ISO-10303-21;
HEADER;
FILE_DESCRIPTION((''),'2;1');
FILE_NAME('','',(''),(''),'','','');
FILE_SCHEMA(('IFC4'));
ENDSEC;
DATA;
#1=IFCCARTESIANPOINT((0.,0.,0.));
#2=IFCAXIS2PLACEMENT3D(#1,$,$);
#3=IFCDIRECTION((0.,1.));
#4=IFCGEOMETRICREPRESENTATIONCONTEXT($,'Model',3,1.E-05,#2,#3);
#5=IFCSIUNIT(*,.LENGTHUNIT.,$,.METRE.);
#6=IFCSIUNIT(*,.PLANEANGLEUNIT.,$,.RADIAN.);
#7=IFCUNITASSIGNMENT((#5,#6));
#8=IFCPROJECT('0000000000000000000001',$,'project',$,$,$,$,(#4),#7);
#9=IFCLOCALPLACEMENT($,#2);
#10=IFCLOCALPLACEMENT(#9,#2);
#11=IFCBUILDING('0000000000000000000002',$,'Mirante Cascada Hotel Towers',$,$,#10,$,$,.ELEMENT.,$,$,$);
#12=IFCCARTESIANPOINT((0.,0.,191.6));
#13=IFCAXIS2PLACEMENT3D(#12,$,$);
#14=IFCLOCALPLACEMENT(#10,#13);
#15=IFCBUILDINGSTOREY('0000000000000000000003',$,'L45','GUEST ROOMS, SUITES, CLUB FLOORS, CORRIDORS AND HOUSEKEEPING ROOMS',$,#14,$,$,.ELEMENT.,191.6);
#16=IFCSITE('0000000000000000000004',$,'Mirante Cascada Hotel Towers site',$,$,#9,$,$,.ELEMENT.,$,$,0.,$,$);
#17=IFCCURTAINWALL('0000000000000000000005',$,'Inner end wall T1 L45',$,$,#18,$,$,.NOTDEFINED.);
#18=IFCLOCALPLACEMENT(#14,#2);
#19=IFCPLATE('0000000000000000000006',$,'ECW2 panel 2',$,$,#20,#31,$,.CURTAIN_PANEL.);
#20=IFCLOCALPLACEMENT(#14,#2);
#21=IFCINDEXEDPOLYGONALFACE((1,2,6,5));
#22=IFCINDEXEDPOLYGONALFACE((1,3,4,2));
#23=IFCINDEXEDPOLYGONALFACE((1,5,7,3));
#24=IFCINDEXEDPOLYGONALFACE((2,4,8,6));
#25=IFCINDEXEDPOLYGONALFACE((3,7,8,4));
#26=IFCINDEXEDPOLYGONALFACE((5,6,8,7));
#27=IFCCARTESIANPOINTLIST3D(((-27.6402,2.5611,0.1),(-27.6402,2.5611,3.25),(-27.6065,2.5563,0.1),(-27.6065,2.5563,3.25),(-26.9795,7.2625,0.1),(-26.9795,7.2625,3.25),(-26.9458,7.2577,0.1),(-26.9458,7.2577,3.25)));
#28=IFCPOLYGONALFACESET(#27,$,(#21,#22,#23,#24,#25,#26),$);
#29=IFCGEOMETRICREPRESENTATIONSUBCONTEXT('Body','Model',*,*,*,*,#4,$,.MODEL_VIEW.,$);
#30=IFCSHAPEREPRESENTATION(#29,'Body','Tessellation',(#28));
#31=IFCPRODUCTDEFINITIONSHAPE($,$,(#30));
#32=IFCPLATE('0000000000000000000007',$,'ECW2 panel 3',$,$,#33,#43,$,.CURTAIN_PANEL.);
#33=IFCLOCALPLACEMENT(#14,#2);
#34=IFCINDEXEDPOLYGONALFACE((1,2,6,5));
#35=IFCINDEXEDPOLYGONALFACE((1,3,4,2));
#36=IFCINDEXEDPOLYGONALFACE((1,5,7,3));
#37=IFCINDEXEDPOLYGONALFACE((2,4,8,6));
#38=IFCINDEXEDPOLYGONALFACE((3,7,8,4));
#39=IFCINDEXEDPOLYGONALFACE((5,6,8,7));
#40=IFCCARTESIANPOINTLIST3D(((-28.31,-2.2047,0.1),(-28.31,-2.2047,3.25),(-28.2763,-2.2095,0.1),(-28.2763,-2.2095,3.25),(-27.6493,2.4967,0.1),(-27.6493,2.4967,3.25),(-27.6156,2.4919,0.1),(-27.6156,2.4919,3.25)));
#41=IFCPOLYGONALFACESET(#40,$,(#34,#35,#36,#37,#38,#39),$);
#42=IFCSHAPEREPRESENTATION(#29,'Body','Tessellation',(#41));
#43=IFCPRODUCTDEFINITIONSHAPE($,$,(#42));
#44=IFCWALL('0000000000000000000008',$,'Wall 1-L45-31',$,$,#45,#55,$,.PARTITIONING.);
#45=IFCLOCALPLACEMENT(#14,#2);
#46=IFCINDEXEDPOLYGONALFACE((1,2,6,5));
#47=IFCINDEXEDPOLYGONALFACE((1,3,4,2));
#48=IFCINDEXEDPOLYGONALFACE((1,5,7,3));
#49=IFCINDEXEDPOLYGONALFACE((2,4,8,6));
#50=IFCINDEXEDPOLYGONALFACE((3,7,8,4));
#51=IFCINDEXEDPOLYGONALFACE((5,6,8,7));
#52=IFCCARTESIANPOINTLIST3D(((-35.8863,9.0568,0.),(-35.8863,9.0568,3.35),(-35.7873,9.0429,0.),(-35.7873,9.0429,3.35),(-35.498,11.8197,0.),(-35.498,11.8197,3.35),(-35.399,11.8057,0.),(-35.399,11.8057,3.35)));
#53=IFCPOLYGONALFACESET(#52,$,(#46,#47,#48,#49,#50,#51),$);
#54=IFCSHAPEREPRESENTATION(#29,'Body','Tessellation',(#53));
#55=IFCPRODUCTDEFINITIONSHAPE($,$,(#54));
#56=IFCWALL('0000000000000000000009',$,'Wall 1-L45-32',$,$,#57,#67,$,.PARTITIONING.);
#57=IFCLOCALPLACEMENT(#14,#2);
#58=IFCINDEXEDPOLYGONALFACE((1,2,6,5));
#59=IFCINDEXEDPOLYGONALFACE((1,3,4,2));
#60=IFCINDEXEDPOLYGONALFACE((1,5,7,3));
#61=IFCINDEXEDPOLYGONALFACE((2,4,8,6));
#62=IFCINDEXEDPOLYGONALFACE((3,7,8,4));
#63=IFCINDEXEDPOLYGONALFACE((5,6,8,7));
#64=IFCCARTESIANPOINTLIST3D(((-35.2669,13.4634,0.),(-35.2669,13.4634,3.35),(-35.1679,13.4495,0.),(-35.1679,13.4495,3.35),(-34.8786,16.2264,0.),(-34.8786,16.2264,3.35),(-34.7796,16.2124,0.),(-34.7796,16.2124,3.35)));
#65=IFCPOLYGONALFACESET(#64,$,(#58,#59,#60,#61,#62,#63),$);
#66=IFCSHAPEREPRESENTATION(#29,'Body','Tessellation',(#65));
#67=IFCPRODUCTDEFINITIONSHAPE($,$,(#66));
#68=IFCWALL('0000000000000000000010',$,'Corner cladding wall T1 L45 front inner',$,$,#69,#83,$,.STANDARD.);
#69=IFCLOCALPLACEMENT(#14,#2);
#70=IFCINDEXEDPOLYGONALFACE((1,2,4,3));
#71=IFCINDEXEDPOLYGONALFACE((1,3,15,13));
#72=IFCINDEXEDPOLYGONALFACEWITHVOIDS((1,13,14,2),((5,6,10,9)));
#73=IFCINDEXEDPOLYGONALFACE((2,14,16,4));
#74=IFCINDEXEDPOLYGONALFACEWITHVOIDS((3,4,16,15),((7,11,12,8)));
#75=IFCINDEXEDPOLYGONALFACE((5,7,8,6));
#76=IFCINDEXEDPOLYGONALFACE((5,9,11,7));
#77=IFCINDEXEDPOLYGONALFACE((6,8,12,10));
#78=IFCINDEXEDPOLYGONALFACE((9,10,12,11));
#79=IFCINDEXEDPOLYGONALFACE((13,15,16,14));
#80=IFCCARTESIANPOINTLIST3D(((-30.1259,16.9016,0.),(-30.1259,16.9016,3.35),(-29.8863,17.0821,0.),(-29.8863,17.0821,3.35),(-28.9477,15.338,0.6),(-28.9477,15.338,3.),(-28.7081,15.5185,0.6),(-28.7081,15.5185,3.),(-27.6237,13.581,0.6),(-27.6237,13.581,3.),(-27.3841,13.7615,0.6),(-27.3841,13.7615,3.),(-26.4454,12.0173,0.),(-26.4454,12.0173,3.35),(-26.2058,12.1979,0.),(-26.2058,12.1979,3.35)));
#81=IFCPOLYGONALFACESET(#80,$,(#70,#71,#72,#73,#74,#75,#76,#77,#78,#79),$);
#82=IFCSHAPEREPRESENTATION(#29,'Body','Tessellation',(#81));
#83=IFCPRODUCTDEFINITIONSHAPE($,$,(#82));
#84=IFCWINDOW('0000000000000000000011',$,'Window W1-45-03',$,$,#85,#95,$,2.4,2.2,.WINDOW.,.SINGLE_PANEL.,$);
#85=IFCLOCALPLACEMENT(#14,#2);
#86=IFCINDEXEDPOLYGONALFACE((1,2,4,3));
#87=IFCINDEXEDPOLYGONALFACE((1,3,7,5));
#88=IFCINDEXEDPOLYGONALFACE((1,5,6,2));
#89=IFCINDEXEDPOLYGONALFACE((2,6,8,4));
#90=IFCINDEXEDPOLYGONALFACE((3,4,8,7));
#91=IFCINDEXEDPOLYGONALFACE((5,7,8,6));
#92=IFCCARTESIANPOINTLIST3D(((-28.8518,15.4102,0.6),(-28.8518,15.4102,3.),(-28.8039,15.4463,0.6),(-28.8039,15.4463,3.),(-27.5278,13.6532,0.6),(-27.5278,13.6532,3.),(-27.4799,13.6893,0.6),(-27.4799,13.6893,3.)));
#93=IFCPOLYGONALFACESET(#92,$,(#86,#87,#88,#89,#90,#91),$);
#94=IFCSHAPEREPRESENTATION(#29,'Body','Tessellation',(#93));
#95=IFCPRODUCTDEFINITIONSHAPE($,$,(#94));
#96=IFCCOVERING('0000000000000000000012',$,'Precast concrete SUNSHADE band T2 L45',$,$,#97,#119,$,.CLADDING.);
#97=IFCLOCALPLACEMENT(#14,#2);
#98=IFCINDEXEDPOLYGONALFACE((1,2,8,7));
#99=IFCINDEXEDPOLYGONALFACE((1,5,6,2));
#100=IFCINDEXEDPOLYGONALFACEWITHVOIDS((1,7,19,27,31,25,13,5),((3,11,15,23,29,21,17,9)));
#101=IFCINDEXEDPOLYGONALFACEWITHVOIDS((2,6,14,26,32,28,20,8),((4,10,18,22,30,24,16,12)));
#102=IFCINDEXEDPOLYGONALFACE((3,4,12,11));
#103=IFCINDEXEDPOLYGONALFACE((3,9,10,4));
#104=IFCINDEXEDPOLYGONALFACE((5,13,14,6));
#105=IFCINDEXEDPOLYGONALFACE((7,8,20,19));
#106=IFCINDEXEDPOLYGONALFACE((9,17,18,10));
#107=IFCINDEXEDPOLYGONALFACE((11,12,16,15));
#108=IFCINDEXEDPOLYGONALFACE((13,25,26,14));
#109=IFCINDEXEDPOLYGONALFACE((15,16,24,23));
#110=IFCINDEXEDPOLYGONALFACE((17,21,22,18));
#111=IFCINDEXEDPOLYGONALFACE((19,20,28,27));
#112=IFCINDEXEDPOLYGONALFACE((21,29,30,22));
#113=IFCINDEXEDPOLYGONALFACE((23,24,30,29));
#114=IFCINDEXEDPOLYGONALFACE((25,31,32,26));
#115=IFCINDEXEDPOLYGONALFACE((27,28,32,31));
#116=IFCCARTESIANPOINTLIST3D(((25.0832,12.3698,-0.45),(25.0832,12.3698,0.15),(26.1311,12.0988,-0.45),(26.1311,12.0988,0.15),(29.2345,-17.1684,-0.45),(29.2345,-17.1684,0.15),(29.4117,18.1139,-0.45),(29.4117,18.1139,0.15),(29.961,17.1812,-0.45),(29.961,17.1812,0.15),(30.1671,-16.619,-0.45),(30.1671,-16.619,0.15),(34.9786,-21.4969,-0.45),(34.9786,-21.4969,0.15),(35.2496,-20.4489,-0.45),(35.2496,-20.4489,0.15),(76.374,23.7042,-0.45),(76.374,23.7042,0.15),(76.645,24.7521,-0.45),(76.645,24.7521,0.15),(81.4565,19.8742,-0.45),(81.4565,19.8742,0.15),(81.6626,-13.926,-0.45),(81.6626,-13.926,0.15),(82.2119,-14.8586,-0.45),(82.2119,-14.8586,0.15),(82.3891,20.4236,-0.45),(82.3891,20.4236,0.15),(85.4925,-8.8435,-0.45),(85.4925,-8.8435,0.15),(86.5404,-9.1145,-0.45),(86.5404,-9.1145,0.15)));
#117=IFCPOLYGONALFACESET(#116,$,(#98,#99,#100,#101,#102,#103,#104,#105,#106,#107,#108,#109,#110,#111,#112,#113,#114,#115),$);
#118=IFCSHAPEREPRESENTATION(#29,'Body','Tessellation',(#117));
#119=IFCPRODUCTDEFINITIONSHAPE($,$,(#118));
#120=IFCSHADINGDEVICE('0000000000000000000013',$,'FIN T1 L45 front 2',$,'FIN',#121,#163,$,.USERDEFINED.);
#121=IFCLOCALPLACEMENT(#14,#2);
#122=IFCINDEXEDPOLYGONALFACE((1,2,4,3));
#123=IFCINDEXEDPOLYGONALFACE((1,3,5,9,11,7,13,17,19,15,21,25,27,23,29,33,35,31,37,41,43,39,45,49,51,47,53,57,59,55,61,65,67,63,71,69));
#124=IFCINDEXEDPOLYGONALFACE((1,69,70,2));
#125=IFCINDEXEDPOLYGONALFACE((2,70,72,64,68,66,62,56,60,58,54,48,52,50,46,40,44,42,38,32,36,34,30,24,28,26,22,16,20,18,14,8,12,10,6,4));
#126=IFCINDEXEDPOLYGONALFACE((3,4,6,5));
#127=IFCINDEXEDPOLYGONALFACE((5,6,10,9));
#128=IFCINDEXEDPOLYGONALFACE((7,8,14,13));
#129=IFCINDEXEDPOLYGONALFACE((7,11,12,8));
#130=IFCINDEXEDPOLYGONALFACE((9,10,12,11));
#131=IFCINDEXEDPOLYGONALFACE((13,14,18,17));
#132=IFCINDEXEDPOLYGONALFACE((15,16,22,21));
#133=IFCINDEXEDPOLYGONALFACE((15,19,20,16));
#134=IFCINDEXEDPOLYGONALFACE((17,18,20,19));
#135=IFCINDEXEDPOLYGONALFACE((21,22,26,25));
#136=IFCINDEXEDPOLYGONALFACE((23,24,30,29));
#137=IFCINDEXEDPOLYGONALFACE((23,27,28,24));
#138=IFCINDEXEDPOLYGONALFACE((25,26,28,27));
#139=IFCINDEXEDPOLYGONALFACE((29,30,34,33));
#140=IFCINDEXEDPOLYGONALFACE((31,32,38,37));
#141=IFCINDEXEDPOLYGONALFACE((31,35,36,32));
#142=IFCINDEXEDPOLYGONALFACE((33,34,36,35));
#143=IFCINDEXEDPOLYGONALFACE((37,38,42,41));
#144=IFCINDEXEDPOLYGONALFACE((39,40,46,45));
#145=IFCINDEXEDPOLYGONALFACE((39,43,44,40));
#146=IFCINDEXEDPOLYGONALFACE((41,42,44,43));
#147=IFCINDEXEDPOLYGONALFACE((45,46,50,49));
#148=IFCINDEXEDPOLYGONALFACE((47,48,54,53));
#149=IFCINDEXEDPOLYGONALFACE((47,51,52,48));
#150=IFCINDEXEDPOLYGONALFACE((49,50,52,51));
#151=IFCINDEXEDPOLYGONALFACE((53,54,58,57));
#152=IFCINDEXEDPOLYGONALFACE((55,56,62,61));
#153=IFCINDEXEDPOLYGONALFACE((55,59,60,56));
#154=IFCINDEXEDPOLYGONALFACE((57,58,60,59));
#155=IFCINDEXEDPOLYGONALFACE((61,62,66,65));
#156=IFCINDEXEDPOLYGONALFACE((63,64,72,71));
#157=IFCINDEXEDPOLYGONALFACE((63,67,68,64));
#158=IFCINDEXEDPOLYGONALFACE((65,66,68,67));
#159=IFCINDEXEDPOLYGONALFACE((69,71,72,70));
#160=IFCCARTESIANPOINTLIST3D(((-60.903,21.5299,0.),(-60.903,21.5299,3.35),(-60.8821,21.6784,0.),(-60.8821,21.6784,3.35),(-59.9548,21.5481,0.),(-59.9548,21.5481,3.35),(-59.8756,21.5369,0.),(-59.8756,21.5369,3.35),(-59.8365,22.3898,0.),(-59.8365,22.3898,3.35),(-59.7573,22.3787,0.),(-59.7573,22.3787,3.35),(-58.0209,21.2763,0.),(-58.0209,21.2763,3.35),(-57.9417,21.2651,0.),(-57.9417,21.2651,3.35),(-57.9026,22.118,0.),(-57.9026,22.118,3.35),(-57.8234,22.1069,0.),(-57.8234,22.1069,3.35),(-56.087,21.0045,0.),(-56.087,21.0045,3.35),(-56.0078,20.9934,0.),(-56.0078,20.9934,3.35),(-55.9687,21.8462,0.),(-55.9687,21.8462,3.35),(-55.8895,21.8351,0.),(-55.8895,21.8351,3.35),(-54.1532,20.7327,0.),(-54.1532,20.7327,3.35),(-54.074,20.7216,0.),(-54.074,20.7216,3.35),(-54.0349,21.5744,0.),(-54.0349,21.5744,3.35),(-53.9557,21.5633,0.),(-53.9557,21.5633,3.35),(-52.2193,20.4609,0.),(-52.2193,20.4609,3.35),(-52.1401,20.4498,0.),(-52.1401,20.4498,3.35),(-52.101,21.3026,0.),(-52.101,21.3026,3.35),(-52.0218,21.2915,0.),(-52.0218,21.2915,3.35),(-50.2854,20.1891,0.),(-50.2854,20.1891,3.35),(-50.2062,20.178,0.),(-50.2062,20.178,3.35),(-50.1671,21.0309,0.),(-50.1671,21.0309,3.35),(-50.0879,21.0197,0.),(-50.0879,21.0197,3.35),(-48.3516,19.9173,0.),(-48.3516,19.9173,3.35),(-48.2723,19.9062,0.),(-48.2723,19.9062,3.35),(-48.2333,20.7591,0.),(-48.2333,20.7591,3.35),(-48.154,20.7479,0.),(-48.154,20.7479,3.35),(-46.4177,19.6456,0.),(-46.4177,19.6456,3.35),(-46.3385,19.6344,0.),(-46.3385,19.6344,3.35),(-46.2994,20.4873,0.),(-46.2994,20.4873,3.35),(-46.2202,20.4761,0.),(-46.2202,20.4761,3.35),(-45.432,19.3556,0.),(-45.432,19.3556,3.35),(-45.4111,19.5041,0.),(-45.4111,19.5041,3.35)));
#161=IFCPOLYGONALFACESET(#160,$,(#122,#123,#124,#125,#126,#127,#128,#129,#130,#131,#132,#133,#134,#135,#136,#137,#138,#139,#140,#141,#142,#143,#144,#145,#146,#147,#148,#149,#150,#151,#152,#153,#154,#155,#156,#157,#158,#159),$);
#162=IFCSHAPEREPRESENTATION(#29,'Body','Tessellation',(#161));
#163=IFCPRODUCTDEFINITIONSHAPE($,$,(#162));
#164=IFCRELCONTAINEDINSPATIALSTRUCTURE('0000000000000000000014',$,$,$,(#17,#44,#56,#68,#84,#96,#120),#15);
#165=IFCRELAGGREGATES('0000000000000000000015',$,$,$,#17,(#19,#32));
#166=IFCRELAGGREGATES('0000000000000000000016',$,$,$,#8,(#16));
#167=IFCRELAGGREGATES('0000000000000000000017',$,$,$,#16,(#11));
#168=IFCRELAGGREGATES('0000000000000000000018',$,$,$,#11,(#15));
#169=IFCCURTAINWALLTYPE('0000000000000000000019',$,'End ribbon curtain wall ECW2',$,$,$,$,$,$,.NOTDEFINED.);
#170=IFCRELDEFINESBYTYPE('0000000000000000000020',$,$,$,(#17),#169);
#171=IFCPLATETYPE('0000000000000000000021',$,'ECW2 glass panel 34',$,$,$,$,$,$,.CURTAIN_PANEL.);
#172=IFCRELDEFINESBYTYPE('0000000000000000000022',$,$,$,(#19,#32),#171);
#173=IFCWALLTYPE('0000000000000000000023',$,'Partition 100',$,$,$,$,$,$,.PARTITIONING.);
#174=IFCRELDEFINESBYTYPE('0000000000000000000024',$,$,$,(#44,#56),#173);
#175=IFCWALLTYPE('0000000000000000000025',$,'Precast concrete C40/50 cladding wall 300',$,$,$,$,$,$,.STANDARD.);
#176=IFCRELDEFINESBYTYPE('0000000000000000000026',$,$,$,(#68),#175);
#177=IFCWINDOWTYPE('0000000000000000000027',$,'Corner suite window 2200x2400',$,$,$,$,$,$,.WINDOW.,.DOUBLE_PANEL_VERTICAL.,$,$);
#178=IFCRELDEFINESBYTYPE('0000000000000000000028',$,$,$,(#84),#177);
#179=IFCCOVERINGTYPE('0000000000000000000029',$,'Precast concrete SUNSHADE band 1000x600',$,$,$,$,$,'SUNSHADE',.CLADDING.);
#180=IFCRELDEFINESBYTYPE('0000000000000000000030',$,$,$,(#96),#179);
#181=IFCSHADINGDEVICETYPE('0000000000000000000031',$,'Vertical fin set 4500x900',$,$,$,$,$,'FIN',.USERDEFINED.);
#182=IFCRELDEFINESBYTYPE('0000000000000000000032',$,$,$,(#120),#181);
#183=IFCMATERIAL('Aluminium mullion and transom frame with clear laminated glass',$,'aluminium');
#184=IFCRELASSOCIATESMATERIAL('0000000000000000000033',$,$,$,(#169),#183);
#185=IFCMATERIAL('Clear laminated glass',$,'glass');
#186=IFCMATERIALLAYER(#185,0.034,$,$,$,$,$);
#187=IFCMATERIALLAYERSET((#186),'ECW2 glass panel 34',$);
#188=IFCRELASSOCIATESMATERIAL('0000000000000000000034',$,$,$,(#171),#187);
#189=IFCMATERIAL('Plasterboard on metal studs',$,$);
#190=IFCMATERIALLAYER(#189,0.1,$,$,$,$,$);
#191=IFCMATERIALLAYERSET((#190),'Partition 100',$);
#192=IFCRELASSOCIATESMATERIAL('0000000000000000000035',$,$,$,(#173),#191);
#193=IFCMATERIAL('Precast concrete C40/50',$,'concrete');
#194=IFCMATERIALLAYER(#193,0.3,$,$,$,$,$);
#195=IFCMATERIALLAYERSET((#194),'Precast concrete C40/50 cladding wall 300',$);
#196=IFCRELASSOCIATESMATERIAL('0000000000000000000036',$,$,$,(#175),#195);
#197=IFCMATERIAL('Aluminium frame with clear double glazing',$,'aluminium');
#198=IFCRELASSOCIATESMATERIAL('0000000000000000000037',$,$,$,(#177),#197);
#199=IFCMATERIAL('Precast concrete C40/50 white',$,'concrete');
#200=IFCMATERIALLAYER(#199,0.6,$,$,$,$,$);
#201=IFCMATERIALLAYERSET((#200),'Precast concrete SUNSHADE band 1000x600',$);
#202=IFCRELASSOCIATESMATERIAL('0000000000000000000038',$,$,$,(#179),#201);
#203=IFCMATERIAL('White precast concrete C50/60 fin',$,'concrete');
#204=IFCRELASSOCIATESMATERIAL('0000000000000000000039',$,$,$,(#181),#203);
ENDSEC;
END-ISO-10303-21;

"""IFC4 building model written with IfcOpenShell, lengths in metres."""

from ifc_helpers import new_model, si_unit, direction, frame, frame_2d, origin, origin_2d, place, context, subcontext, project, spatial, polyline, rectangle, outline, extrude, material, layer, layer_set, type_object, element, fill, aggregate, save


model = new_model("IFC4")

# Units and contexts
model_context = context("Model", 3, precision=1e-05, world=origin(), true_north=direction((0.0, 1.0)))
body_context = subcontext(model_context, "Body", "Model", "MODEL_VIEW")
ifc_project = project(units=[si_unit("LENGTHUNIT", "METRE"), si_unit("PLANEANGLEUNIT", "RADIAN")], contexts=[model_context])

# Site, building, storey
site_placement = place(None, origin())
site = spatial("IfcSite", under=ifc_project, at=site_placement, Name="Mirante Cascada Hotel Towers site", CompositionType="ELEMENT", RefElevation=0.0)
building_placement = place(site_placement, origin())
building = spatial("IfcBuilding", under=site, at=building_placement, Name="Mirante Cascada Hotel Towers", CompositionType="ELEMENT")
storey_placement = place(building_placement, frame((0.0, 0.0, 191.6)))
storey = spatial("IfcBuildingStorey", under=building, at=storey_placement, Name="L45", Description="GUEST ROOMS, SUITES, CLUB FLOORS, CORRIDORS AND HOUSEKEEPING ROOMS", CompositionType="ELEMENT", Elevation=191.6)

# Curtain wall
ifc_material_1 = material(Name="Aluminium mullion and transom frame with clear laminated glass", Category="aluminium")
curtain_wall_type_1 = type_object("IfcCurtainWallType", Name="End ribbon curtain wall ECW2", PredefinedType="NOTDEFINED", material=ifc_material_1)
curtain_wall_1_placement = place(storey_placement, origin())
curtain_wall_1 = element("IfcCurtainWall", 1, at=curtain_wall_1_placement, inside=storey, type_object=curtain_wall_type_1, Name="Inner end wall T1 L45", PredefinedType="NOTDEFINED")

# Plates
ifc_material_2 = material(Name="Clear laminated glass", Category="glass")
ifc_layer_1 = layer(ifc_material_2, 0.034)
ifc_layer_set_1 = layer_set([ifc_layer_1], Name="ECW2 glass panel 34")
plate_type_1 = type_object("IfcPlateType", Name="ECW2 glass panel 34", PredefinedType="CURTAIN_PANEL", material=ifc_layer_set_1)
plate_1_placement = place(storey_placement, frame((-27.293, 4.9094, 0.1), z_axis=(0.0, 0.0, 1.0), x_axis=(-0.139173, -0.990268, 0.0)))
plate_1 = element("IfcPlate", 2, at=plate_1_placement, type_object=plate_type_1, Name="ECW2 panel 2", PredefinedType="CURTAIN_PANEL", context=body_context, shape_type="SweptSolid", body=[
    extrude(rectangle(XDim=4.7476, YDim=0.034, at=origin_2d()), origin(), (0.0, 0.0, 1.0), 3.15),
])
plate_2_placement = place(storey_placement, frame((-27.9628, 0.1436, 0.1), z_axis=(0.0, 0.0, 1.0), x_axis=(-0.139173, -0.990268, 0.0)))
plate_2 = element("IfcPlate", 3, at=plate_2_placement, type_object=plate_type_1, Name="ECW2 panel 3", PredefinedType="CURTAIN_PANEL", context=body_context, shape_type="SweptSolid", body=[
    extrude(rectangle(XDim=4.7476, YDim=0.034, at=origin_2d()), origin(), (0.0, 0.0, 1.0), 3.15),
])
aggregate(curtain_wall_1, [plate_1, plate_2])

# Walls
ifc_material_3 = material(Name="Plasterboard on metal studs")
ifc_layer_2 = layer(ifc_material_3, 0.1)
ifc_layer_set_2 = layer_set([ifc_layer_2], Name="Partition 100")
wall_type_1 = type_object("IfcWallType", Name="Partition 100", PredefinedType="PARTITIONING", material=ifc_layer_set_2)
wall_1_placement = place(storey_placement, frame((-35.4485, 11.8127, 0.0), z_axis=(0.0, 0.0, 1.0), x_axis=(-0.139178, -0.990267, 0.0)))
element("IfcWall", 4, at=wall_1_placement, inside=storey, type_object=wall_type_1, Name="Wall 1-L45-31", PredefinedType="PARTITIONING", context=body_context, shape_type="SweptSolid", body=[
    extrude(rectangle(XDim=2.79, YDim=0.1, at=frame_2d((1.395, 0.0))), origin(), (0.0, 0.0, 1.0), 3.35),
])
wall_2_placement = place(storey_placement, frame((-35.2174, 13.4565, 0.0), z_axis=(0.0, 0.0, 1.0), x_axis=(0.139173, 0.990268, 0.0)))
element("IfcWall", 5, at=wall_2_placement, inside=storey, type_object=wall_type_1, Name="Wall 1-L45-32", PredefinedType="PARTITIONING", context=body_context, shape_type="SweptSolid", body=[
    extrude(rectangle(XDim=2.7901, YDim=0.1, at=frame_2d((1.395, 0.0))), origin(), (0.0, 0.0, 1.0), 3.35),
])

# Wall, opening, window
ifc_material_4 = material(Name="Precast concrete C40/50", Category="concrete")
ifc_layer_3 = layer(ifc_material_4, 0.3)
ifc_layer_set_3 = layer_set([ifc_layer_3], Name="Precast concrete C40/50 cladding wall 300")
wall_type_2 = type_object("IfcWallType", Name="Precast concrete C40/50 cladding wall 300", PredefinedType="STANDARD", material=ifc_layer_set_3)
wall_3_placement = place(storey_placement, frame((-30.0061, 16.9918, 0.0), z_axis=(0.0, 0.0, 1.0), x_axis=(0.601814, -0.798636, 0.0)))
wall_3 = element("IfcWall", 6, at=wall_3_placement, inside=storey, type_object=wall_type_2, Name="Corner cladding wall T1 L45 front inner", PredefinedType="STANDARD", context=body_context, shape_type="SweptSolid", body=[
    extrude(rectangle(XDim=6.1157, YDim=0.3, at=frame_2d((3.0578, 0.0))), origin(), (0.0, 0.0, 1.0), 3.35),
])
opening_placement = place(wall_3_placement, frame((1.9578, 0.0, 0.6)))
opening = element("IfcOpeningElement", 7, at=opening_placement, cuts=wall_3, PredefinedType="OPENING", context=body_context, shape_type="SweptSolid", body=[
    extrude(rectangle(XDim=2.2, YDim=2.4, at=frame_2d((1.1, 1.2))), frame((0.0, 0.15, 0.0), z_axis=(0.0, -1.0, 0.0), x_axis=(1.0, 0.0, 0.0)), (0.0, 0.0, 1.0), 0.3),
])
ifc_material_5 = material(Name="Aluminium frame with clear double glazing", Category="aluminium")
window_type = type_object("IfcWindowType", Name="Corner suite window 2200x2400", PartitioningType="DOUBLE_PANEL_VERTICAL", PredefinedType="WINDOW", material=ifc_material_5)
window_placement = place(opening_placement, origin())
window = element("IfcWindow", 8, at=window_placement, inside=storey, type_object=window_type, Name="Window W1-45-03", OverallHeight=2.4, OverallWidth=2.2, PartitioningType="SINGLE_PANEL", PredefinedType="WINDOW", context=body_context, shape_type="SweptSolid", body=[
    extrude(rectangle(XDim=2.2, YDim=2.4, at=frame_2d((1.1, 1.2))), frame((0.0, 0.03, 0.0), z_axis=(0.0, -1.0, 0.0), x_axis=(1.0, 0.0, 0.0)), (0.0, 0.0, 1.0), 0.06),
])
fill(opening, window)

# Covering
ifc_material_6 = material(Name="Precast concrete C40/50 white", Category="concrete")
ifc_layer_4 = layer(ifc_material_6, 0.6)
ifc_layer_set_4 = layer_set([ifc_layer_4], Name="Precast concrete SUNSHADE band 1000x600")
covering_type = type_object("IfcCoveringType", Name="Precast concrete SUNSHADE band 1000x600", ElementType="SUNSHADE", PredefinedType="CLADDING", material=ifc_layer_set_4)
covering_placement = place(storey_placement, frame((0.0, 0.0, -0.45)))
element("IfcCovering", 9, at=covering_placement, inside=storey, type_object=covering_type, Name="Precast concrete SUNSHADE band T2 L45", PredefinedType="CLADDING", context=body_context, shape_type="SweptSolid", body=[
    extrude(outline(polyline([(25.0832, 12.3698), (29.4117, 18.1139), (76.645, 24.7521), (82.3891, 20.4236), (86.5404, -9.1145), (82.2119, -14.8586), (34.9786, -21.4969), (29.2345, -17.1684), (25.0832, 12.3698)]), holes=[polyline([(85.4925, -8.8435), (81.4565, 19.8742), (76.374, 23.7042), (29.961, 17.1812), (26.1311, 12.0988), (30.1671, -16.619), (35.2496, -20.4489), (81.6626, -13.926), (85.4925, -8.8435)])]), origin(), (0.0, 0.0, 1.0), 0.6),
])

# Shading device
ifc_material_7 = material(Name="White precast concrete C50/60 fin", Category="concrete")
shading_device_type = type_object("IfcShadingDeviceType", Name="Vertical fin set 4500x900", ElementType="FIN", PredefinedType="USERDEFINED", material=ifc_material_7)
shading_device_1_placement = place(storey_placement, origin())
element("IfcShadingDevice", 10, at=shading_device_1_placement, inside=storey, type_object=shading_device_type, Name="FIN T1 L45 front 2", ObjectType="FIN", PredefinedType="USERDEFINED", context=body_context, shape_type="SweptSolid", body=[
    extrude(outline(polyline([(-46.3385, 19.6344), (-45.4111, 19.5041), (-45.432, 19.3556), (-60.903, 21.5299), (-60.8821, 21.6784), (-59.9548, 21.5481), (-59.8365, 22.3898), (-59.7573, 22.3787), (-59.8756, 21.5369), (-58.0209, 21.2763), (-57.9026, 22.118), (-57.8234, 22.1069), (-57.9417, 21.2651), (-56.087, 21.0045), (-55.9687, 21.8462), (-55.8895, 21.8351), (-56.0078, 20.9934), (-54.1532, 20.7327), (-54.0349, 21.5744), (-53.9557, 21.5633), (-54.074, 20.7216), (-52.2193, 20.4609), (-52.101, 21.3026), (-52.0218, 21.2915), (-52.1401, 20.4498), (-50.2854, 20.1891), (-50.1671, 21.0309), (-50.0879, 21.0197), (-50.2062, 20.178), (-48.3516, 19.9173), (-48.2333, 20.7591), (-48.154, 20.7479), (-48.2723, 19.9062), (-46.4177, 19.6456), (-46.2994, 20.4873), (-46.2202, 20.4761), (-46.3385, 19.6344)])), origin(), (0.0, 0.0, 1.0), 3.35),
])

save(model, "model.ifc")
